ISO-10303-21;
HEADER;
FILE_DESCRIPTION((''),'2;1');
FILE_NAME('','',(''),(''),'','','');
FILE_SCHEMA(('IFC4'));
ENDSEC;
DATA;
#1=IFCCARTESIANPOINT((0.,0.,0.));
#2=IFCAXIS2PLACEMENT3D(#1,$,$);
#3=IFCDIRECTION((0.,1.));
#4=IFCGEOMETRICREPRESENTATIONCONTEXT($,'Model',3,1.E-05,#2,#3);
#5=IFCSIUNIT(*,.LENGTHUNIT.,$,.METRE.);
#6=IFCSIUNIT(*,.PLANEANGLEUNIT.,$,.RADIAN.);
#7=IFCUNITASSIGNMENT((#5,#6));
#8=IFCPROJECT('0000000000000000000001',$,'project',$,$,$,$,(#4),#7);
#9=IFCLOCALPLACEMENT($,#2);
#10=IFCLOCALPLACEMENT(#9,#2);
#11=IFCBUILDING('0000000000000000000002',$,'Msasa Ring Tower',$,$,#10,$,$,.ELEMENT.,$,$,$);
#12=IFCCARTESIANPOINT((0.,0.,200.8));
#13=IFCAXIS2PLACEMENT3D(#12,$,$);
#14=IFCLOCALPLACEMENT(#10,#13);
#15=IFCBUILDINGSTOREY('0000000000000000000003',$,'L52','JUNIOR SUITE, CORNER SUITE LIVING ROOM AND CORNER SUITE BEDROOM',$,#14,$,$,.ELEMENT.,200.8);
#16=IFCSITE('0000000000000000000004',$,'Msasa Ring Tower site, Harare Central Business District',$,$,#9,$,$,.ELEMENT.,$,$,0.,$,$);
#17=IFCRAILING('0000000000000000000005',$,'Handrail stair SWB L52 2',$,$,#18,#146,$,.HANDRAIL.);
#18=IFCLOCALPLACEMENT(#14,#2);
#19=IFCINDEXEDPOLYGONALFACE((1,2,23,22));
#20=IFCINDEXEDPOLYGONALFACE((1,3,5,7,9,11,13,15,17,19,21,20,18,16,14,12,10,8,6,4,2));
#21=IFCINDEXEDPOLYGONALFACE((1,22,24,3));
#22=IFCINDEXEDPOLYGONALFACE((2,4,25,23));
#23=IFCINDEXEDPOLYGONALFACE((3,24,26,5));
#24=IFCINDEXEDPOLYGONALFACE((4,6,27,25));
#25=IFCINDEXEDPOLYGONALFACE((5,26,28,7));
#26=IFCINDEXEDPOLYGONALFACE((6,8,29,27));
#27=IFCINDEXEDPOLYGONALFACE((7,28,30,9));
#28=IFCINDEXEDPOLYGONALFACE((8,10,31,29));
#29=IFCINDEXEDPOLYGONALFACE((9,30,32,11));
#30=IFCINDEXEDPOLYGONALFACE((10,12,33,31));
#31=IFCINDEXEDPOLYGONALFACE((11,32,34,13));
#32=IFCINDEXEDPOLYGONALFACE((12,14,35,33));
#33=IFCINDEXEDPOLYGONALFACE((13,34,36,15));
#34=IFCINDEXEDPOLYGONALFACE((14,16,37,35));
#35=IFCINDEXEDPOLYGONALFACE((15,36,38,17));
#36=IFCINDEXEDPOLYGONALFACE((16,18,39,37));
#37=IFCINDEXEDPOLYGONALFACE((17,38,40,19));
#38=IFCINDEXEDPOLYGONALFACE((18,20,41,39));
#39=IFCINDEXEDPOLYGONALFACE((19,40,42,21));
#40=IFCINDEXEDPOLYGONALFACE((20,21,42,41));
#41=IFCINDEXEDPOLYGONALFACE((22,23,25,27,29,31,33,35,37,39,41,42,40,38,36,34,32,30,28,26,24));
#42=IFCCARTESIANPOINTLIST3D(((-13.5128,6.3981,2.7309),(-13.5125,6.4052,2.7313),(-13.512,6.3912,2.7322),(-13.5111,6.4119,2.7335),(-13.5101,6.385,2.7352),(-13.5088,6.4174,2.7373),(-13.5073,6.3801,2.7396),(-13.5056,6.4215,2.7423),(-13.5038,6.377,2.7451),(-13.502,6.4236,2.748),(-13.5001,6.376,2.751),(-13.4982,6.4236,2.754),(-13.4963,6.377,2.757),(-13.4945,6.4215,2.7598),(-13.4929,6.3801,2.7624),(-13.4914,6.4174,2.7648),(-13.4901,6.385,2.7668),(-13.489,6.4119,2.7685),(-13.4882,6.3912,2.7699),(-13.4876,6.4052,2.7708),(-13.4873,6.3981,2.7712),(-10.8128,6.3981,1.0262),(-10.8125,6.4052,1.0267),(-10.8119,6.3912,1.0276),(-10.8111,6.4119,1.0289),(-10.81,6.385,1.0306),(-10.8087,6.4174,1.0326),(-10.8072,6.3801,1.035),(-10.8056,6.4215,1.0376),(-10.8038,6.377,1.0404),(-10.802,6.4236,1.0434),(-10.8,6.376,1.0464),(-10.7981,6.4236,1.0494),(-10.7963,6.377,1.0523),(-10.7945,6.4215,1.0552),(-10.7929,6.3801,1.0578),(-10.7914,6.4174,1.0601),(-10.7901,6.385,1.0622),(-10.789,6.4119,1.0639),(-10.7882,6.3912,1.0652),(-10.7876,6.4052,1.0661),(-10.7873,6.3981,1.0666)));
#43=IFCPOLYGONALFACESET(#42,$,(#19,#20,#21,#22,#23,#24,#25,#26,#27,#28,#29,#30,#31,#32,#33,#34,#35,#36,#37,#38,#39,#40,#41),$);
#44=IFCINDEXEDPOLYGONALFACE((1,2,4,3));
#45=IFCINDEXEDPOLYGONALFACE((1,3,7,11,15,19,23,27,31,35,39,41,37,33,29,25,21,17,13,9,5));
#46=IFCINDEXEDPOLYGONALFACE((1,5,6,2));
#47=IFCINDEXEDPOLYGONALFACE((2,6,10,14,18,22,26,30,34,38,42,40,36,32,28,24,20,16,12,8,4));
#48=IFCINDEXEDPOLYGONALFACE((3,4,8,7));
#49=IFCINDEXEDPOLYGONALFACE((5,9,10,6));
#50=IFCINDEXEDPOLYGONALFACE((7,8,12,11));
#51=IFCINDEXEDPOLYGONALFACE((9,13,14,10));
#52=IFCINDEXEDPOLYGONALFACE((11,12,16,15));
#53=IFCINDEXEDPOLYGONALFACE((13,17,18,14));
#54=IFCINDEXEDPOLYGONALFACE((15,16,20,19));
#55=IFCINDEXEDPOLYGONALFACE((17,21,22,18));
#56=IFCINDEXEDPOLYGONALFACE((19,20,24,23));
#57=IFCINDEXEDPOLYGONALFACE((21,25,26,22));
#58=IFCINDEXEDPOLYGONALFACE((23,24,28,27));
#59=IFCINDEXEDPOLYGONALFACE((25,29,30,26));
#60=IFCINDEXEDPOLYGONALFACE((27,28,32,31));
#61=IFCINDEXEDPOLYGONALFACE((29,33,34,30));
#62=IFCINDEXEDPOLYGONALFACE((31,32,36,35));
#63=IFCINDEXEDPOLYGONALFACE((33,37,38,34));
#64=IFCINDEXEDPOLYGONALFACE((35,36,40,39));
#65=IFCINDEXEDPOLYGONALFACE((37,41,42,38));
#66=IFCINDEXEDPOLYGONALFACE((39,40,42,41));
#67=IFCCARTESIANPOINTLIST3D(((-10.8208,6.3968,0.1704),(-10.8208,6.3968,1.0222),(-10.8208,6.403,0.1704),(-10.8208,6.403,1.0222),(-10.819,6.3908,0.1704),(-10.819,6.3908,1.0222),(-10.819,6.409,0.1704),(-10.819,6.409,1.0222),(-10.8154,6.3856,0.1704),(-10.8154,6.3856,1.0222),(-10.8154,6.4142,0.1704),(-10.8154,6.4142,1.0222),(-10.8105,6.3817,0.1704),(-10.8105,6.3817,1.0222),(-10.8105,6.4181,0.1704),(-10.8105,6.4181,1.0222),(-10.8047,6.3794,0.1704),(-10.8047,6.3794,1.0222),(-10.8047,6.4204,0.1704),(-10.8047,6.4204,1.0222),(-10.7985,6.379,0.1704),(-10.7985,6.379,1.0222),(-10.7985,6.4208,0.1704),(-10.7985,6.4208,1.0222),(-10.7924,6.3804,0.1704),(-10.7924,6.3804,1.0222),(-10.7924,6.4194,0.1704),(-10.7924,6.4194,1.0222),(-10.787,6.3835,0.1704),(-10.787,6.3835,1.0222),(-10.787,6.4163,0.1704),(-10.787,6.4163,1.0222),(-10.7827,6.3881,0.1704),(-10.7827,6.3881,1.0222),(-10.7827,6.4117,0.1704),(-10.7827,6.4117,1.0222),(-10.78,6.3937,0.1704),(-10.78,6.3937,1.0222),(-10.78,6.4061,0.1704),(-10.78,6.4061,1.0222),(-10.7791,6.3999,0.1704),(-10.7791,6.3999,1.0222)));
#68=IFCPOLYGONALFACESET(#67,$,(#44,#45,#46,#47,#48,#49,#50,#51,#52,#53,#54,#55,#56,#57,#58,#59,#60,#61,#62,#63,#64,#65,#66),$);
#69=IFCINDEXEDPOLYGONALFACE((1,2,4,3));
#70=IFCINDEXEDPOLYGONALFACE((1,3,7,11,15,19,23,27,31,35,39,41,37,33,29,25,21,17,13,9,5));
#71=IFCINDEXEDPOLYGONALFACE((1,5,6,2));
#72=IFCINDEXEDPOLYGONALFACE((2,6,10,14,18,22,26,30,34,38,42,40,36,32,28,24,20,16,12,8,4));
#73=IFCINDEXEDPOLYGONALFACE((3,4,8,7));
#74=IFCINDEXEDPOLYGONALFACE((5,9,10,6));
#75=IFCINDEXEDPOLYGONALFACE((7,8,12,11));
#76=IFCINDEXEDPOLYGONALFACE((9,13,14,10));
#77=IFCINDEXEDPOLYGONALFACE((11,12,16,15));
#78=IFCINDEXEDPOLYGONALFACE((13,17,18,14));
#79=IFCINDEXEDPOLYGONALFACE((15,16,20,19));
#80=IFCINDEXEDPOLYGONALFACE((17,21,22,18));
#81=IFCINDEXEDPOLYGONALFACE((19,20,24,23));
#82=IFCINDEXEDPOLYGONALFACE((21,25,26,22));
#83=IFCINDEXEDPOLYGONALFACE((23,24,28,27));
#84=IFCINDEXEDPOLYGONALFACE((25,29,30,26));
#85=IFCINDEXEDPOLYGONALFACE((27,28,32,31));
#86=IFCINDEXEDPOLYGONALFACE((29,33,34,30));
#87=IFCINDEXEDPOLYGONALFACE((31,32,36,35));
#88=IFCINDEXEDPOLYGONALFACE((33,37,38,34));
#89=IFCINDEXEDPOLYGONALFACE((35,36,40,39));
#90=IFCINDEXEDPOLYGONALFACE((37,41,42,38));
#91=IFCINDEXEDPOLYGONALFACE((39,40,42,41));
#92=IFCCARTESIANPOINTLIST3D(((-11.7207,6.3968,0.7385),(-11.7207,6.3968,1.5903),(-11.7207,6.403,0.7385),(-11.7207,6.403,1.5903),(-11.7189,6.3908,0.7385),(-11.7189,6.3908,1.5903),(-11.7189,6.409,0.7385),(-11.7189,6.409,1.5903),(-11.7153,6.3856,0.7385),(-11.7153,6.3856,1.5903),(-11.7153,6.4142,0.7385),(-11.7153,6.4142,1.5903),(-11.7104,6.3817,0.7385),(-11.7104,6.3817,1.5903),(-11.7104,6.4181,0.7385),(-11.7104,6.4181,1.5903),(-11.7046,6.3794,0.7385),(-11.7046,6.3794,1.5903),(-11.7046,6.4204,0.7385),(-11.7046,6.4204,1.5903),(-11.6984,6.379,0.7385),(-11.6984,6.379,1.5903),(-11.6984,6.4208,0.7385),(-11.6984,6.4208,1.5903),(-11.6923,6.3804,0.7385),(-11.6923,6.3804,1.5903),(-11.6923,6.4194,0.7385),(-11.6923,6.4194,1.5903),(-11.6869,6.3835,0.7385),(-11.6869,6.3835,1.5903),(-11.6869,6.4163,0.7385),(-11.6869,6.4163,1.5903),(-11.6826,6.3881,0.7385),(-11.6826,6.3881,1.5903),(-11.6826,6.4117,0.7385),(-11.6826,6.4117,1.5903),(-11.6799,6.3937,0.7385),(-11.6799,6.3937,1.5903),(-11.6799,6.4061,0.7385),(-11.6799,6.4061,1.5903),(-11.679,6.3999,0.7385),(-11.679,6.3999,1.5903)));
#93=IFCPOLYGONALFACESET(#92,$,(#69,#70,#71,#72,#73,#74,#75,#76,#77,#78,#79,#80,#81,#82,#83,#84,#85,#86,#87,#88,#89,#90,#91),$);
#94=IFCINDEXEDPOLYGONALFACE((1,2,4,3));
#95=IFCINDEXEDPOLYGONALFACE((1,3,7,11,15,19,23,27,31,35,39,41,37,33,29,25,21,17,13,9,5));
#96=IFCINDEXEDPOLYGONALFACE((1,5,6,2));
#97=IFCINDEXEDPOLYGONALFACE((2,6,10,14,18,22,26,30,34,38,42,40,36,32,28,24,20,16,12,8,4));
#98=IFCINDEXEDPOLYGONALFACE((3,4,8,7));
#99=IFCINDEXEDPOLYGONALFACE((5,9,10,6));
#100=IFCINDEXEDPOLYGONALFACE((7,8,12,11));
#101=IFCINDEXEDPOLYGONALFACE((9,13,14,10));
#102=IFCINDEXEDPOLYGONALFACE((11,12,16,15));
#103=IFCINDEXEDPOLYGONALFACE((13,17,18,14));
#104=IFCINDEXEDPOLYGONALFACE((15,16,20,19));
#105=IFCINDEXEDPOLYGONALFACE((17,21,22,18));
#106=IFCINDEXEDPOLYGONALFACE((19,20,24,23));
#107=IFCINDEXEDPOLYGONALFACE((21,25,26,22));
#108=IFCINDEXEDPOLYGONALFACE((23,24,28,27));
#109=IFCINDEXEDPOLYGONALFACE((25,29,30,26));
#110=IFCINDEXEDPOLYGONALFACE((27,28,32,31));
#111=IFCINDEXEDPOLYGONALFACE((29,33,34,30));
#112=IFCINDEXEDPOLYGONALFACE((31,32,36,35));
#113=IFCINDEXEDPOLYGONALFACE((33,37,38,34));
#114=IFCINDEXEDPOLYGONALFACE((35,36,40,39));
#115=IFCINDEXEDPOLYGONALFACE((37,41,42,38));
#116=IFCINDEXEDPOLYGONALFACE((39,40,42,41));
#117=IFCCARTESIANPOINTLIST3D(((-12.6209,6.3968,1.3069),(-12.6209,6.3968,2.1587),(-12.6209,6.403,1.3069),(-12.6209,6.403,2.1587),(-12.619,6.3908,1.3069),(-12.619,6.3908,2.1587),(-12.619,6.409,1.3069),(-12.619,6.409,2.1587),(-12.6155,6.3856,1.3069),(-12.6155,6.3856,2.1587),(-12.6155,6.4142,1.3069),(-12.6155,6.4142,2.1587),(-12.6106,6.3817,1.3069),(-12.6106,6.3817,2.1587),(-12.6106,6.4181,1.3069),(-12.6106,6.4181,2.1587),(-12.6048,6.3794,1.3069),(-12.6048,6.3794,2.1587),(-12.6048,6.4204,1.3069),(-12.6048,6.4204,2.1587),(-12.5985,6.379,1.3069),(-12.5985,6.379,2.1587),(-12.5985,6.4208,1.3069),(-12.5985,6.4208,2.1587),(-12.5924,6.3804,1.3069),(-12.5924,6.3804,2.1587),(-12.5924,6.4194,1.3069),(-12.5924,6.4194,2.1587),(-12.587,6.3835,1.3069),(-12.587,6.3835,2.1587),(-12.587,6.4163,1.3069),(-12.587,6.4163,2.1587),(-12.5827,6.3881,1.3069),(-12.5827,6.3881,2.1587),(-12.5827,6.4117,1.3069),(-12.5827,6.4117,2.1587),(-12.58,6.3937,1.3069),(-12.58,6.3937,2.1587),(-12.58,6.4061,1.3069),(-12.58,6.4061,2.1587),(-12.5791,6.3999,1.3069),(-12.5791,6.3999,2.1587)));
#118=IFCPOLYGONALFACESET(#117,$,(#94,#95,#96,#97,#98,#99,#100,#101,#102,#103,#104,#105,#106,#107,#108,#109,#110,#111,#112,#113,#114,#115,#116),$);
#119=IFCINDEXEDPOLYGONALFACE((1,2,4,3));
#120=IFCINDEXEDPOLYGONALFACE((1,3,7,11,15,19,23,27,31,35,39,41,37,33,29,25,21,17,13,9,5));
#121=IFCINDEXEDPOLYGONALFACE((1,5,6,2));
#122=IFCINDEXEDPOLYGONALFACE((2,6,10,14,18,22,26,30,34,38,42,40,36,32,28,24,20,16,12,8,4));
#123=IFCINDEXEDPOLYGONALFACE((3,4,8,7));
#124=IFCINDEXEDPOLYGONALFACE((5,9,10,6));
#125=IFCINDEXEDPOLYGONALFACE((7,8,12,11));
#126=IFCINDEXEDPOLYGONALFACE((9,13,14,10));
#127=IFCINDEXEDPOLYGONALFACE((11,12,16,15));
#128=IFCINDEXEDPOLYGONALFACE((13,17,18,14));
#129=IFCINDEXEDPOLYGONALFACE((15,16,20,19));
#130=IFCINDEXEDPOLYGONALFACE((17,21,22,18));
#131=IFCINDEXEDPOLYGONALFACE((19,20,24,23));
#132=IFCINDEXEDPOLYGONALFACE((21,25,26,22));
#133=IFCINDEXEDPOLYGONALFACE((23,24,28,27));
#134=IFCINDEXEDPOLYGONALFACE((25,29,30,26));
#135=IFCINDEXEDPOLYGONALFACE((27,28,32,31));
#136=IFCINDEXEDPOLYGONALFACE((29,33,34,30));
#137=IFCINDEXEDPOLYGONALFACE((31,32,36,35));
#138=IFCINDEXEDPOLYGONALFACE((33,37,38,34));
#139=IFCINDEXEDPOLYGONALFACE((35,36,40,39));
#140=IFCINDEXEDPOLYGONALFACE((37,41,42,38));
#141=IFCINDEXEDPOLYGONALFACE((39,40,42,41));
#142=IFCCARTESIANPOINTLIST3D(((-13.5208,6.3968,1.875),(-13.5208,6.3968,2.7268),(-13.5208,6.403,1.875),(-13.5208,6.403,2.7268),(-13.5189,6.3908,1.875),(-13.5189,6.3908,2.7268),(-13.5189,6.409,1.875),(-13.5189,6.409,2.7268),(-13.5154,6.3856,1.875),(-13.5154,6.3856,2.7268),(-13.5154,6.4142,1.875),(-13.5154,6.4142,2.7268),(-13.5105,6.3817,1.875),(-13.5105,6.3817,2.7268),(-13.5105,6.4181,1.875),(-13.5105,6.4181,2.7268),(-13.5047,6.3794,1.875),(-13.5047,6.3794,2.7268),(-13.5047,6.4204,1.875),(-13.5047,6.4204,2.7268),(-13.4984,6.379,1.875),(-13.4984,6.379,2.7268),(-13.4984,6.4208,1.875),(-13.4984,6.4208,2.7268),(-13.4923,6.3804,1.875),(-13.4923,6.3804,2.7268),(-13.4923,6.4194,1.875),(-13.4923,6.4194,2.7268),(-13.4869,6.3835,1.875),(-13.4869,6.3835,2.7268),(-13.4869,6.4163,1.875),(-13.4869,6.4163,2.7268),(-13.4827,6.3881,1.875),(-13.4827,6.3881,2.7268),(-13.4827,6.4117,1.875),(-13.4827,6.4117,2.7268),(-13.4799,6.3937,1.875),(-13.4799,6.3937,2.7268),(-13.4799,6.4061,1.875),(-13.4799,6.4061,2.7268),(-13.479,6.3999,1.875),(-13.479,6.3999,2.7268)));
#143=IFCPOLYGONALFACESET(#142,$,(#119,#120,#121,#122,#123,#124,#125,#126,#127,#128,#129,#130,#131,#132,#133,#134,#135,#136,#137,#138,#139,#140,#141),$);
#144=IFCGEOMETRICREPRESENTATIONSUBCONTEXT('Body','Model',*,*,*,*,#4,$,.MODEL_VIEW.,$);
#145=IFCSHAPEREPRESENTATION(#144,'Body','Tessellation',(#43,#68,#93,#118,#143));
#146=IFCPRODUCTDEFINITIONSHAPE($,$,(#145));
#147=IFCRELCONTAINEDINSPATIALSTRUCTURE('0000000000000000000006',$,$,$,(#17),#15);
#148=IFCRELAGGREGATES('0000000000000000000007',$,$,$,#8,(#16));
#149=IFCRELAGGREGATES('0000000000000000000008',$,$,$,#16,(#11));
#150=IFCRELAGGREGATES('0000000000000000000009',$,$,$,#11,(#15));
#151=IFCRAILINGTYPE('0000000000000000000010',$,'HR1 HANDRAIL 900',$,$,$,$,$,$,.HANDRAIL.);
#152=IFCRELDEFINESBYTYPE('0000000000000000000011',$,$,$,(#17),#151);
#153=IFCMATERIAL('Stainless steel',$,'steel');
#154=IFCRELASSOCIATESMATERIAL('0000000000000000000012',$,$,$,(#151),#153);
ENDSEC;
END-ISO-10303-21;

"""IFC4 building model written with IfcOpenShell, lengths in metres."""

from ifc_helpers import new_model, si_unit, direction, frame, origin, origin_2d, place, context, subcontext, project, spatial, circle, extrude, material, type_object, element, save


model = new_model("IFC4")

# Units and contexts
model_context = context("Model", 3, precision=1e-05, world=origin(), true_north=direction((0.0, 1.0)))
body_context = subcontext(model_context, "Body", "Model", "MODEL_VIEW")
ifc_project = project(units=[si_unit("LENGTHUNIT", "METRE"), si_unit("PLANEANGLEUNIT", "RADIAN")], contexts=[model_context])

# Site, building, storey
site_placement = place(None, origin())
site = spatial("IfcSite", under=ifc_project, at=site_placement, Name="Msasa Ring Tower site, Harare Central Business District", CompositionType="ELEMENT", RefElevation=0.0)
building_placement = place(site_placement, origin())
building = spatial("IfcBuilding", under=site, at=building_placement, Name="Msasa Ring Tower", CompositionType="ELEMENT")
storey_placement = place(building_placement, frame((0.0, 0.0, 200.8)))
storey = spatial("IfcBuildingStorey", under=building, at=storey_placement, Name="L52", Description="JUNIOR SUITE, CORNER SUITE LIVING ROOM AND CORNER SUITE BEDROOM", CompositionType="ELEMENT", Elevation=200.8)

# Railing
ifc_material_1 = material(Name="Stainless steel", Category="steel")
railing_type = type_object("IfcRailingType", Name="HR1 HANDRAIL 900", PredefinedType="HANDRAIL", material=ifc_material_1)
for number, where, name in (
    (1, (-10.8, 6.3999, 0.1704), "Handrail stair SWB L52 2"),
):
    element("IfcRailing", number, at=place(storey_placement, frame(where)), inside=storey, type_object=railing_type, Name=name, PredefinedType="HANDRAIL", context=body_context, shape_type="SweptSolid", body=[
        extrude(circle(Radius=0.0239, at=origin_2d()), frame((0.0, 0.0, 0.876), z_axis=(-0.84558, 0.0, 0.533849), x_axis=(0.0, -1.0, 0.0)), (0.0, 0.0, 1.0), 3.1931),
        extrude(circle(Radius=0.021, at=origin_2d()), origin(), (0.0, 0.0, 1.0), 0.8518),
        extrude(circle(Radius=0.021, at=origin_2d()), frame((-0.8999, 0.0, 0.5681)), (0.0, 0.0, 1.0), 0.8518),
        extrude(circle(Radius=0.021, at=origin_2d()), frame((-1.8, 0.0, 1.1365)), (0.0, 0.0, 1.0), 0.8518),
        extrude(circle(Radius=0.021, at=origin_2d()), frame((-2.7, 0.0, 1.7046)), (0.0, 0.0, 1.0), 0.8518),
    ])

save(model, "model.ifc")
